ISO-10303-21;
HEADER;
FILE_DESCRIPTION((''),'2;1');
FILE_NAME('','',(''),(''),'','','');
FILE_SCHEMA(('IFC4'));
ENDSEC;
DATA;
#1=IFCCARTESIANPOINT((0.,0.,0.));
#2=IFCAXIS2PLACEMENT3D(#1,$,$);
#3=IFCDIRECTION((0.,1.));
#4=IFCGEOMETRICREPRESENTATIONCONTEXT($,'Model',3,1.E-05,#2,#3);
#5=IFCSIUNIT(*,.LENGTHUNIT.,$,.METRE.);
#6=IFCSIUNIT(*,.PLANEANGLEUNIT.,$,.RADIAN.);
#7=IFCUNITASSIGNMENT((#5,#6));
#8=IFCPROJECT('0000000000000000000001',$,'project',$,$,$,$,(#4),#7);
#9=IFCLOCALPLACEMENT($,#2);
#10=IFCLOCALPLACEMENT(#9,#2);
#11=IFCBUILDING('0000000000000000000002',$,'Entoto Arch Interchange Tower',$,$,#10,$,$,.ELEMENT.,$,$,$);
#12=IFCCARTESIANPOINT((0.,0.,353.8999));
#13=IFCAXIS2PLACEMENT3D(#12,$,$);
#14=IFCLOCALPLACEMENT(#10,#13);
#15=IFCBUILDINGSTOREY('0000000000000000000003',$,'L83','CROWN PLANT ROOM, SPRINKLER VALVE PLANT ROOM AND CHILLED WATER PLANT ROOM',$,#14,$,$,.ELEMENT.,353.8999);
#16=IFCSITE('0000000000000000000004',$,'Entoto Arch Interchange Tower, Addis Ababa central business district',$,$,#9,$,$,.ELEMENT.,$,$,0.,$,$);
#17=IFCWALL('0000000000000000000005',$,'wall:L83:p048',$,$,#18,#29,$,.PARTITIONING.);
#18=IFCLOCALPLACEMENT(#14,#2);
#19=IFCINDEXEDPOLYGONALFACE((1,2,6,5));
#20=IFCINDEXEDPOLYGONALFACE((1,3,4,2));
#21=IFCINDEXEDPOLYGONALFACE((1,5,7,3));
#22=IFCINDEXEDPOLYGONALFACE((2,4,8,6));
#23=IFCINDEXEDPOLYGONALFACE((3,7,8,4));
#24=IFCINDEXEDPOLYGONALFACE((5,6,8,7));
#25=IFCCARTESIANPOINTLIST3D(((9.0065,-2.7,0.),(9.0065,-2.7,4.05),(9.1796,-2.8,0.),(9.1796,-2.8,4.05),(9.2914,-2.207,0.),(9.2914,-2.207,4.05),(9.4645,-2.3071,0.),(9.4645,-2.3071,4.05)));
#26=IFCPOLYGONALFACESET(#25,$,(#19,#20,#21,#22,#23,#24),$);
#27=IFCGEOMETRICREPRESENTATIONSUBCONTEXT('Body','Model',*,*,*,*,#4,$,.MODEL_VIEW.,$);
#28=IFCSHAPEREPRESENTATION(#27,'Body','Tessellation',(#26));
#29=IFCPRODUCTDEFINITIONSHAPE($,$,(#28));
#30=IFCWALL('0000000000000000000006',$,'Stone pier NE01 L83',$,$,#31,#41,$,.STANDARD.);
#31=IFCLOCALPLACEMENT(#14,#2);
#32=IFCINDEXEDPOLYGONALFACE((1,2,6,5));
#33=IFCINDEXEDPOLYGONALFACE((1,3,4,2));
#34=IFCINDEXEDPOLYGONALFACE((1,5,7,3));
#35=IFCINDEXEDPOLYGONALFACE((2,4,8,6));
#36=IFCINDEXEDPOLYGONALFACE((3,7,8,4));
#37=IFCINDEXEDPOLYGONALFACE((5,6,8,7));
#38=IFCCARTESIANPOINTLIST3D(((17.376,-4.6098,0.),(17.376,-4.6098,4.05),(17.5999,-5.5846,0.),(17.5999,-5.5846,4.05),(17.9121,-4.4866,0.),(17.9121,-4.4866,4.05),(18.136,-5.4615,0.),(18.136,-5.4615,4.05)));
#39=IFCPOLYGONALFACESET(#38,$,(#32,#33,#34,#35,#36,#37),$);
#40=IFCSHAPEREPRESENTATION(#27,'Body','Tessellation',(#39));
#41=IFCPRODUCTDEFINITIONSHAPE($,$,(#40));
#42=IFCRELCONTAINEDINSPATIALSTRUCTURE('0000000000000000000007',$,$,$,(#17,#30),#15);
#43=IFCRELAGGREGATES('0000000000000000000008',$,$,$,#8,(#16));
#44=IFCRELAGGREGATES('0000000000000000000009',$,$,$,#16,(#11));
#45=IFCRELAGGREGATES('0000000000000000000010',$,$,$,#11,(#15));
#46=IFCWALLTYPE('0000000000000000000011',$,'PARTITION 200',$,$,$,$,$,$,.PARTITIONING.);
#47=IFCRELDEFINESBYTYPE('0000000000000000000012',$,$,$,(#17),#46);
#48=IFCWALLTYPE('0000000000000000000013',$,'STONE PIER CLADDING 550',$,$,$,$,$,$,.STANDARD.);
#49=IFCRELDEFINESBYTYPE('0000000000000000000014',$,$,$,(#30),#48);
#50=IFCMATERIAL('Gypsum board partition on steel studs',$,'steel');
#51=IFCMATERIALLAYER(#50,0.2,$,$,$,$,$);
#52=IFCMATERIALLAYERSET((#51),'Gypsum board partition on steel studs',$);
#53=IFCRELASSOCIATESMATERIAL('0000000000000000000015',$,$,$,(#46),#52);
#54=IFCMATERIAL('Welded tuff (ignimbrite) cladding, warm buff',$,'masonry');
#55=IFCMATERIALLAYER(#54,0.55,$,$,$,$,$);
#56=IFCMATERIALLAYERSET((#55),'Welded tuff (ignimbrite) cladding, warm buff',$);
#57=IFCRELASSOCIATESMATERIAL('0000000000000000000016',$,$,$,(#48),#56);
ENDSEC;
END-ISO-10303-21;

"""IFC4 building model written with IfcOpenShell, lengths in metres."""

from ifc_helpers import new_model, si_unit, direction, frame, frame_2d, origin, place, context, subcontext, project, spatial, rectangle, extrude, material, layer, layer_set, type_object, element, save


model = new_model("IFC4")

# Units and contexts
model_context = context("Model", 3, precision=1e-05, world=origin(), true_north=direction((0.0, 1.0)))
body_context = subcontext(model_context, "Body", "Model", "MODEL_VIEW")
ifc_project = project(units=[si_unit("LENGTHUNIT", "METRE"), si_unit("PLANEANGLEUNIT", "RADIAN")], contexts=[model_context])

# Site, building, storey
site_placement = place(None, origin())
site = spatial("IfcSite", under=ifc_project, at=site_placement, Name="Entoto Arch Interchange Tower, Addis Ababa central business district", CompositionType="ELEMENT", RefElevation=0.0)
building_placement = place(site_placement, origin())
building = spatial("IfcBuilding", under=site, at=building_placement, Name="Entoto Arch Interchange Tower", CompositionType="ELEMENT")
storey_placement = place(building_placement, frame((0.0, 0.0, 353.8999)))
storey = spatial("IfcBuildingStorey", under=building, at=storey_placement, Name="L83", Description="CROWN PLANT ROOM, SPRINKLER VALVE PLANT ROOM AND CHILLED WATER PLANT ROOM", CompositionType="ELEMENT", Elevation=353.8999)

# Shared definitions
ifc_material_1 = material(Name="Gypsum board partition on steel studs", Category="steel")
ifc_layer_1 = layer(ifc_material_1, 0.2)
ifc_layer_set_1 = layer_set([ifc_layer_1], Name="Gypsum board partition on steel studs")
wall_type_1 = type_object("IfcWallType", Name="PARTITION 200", PredefinedType="PARTITIONING", material=ifc_layer_set_1)

# Walls
wall_1_placement = place(storey_placement, frame((9.3779, -2.2571, 0.0), z_axis=(0.0, 0.0, 1.0), x_axis=(-0.500428, -0.865778, 0.0)))
element("IfcWall", 1, at=wall_1_placement, inside=storey, type_object=wall_type_1, Name="wall:L83:p048", PredefinedType="PARTITIONING", context=body_context, shape_type="SweptSolid", body=[
    extrude(rectangle(XDim=0.5693, YDim=0.2, at=frame_2d((0.2847, 0.0))), origin(), (0.0, 0.0, 1.0), 4.05),
])
ifc_material_2 = material(Name="Welded tuff (ignimbrite) cladding, warm buff", Category="masonry")
ifc_layer_2 = layer(ifc_material_2, 0.55)
ifc_layer_set_2 = layer_set([ifc_layer_2], Name="Welded tuff (ignimbrite) cladding, warm buff")
wall_type_2 = type_object("IfcWallType", Name="STONE PIER CLADDING 550", PredefinedType="STANDARD", material=ifc_layer_set_2)
wall_2_placement = place(storey_placement, frame((17.8679, -5.5229, 0.0), z_axis=(0.0, 0.0, 1.0), x_axis=(-0.223825, 0.974629, 0.0)))
element("IfcWall", 2, at=wall_2_placement, inside=storey, type_object=wall_type_2, Name="Stone pier NE01 L83", PredefinedType="STANDARD", context=body_context, shape_type="SweptSolid", body=[
    extrude(rectangle(XDim=1.0002, YDim=0.55, at=frame_2d((0.5, 0.0))), origin(), (0.0, 0.0, 1.0), 4.05),
])

save(model, "model.ifc")
